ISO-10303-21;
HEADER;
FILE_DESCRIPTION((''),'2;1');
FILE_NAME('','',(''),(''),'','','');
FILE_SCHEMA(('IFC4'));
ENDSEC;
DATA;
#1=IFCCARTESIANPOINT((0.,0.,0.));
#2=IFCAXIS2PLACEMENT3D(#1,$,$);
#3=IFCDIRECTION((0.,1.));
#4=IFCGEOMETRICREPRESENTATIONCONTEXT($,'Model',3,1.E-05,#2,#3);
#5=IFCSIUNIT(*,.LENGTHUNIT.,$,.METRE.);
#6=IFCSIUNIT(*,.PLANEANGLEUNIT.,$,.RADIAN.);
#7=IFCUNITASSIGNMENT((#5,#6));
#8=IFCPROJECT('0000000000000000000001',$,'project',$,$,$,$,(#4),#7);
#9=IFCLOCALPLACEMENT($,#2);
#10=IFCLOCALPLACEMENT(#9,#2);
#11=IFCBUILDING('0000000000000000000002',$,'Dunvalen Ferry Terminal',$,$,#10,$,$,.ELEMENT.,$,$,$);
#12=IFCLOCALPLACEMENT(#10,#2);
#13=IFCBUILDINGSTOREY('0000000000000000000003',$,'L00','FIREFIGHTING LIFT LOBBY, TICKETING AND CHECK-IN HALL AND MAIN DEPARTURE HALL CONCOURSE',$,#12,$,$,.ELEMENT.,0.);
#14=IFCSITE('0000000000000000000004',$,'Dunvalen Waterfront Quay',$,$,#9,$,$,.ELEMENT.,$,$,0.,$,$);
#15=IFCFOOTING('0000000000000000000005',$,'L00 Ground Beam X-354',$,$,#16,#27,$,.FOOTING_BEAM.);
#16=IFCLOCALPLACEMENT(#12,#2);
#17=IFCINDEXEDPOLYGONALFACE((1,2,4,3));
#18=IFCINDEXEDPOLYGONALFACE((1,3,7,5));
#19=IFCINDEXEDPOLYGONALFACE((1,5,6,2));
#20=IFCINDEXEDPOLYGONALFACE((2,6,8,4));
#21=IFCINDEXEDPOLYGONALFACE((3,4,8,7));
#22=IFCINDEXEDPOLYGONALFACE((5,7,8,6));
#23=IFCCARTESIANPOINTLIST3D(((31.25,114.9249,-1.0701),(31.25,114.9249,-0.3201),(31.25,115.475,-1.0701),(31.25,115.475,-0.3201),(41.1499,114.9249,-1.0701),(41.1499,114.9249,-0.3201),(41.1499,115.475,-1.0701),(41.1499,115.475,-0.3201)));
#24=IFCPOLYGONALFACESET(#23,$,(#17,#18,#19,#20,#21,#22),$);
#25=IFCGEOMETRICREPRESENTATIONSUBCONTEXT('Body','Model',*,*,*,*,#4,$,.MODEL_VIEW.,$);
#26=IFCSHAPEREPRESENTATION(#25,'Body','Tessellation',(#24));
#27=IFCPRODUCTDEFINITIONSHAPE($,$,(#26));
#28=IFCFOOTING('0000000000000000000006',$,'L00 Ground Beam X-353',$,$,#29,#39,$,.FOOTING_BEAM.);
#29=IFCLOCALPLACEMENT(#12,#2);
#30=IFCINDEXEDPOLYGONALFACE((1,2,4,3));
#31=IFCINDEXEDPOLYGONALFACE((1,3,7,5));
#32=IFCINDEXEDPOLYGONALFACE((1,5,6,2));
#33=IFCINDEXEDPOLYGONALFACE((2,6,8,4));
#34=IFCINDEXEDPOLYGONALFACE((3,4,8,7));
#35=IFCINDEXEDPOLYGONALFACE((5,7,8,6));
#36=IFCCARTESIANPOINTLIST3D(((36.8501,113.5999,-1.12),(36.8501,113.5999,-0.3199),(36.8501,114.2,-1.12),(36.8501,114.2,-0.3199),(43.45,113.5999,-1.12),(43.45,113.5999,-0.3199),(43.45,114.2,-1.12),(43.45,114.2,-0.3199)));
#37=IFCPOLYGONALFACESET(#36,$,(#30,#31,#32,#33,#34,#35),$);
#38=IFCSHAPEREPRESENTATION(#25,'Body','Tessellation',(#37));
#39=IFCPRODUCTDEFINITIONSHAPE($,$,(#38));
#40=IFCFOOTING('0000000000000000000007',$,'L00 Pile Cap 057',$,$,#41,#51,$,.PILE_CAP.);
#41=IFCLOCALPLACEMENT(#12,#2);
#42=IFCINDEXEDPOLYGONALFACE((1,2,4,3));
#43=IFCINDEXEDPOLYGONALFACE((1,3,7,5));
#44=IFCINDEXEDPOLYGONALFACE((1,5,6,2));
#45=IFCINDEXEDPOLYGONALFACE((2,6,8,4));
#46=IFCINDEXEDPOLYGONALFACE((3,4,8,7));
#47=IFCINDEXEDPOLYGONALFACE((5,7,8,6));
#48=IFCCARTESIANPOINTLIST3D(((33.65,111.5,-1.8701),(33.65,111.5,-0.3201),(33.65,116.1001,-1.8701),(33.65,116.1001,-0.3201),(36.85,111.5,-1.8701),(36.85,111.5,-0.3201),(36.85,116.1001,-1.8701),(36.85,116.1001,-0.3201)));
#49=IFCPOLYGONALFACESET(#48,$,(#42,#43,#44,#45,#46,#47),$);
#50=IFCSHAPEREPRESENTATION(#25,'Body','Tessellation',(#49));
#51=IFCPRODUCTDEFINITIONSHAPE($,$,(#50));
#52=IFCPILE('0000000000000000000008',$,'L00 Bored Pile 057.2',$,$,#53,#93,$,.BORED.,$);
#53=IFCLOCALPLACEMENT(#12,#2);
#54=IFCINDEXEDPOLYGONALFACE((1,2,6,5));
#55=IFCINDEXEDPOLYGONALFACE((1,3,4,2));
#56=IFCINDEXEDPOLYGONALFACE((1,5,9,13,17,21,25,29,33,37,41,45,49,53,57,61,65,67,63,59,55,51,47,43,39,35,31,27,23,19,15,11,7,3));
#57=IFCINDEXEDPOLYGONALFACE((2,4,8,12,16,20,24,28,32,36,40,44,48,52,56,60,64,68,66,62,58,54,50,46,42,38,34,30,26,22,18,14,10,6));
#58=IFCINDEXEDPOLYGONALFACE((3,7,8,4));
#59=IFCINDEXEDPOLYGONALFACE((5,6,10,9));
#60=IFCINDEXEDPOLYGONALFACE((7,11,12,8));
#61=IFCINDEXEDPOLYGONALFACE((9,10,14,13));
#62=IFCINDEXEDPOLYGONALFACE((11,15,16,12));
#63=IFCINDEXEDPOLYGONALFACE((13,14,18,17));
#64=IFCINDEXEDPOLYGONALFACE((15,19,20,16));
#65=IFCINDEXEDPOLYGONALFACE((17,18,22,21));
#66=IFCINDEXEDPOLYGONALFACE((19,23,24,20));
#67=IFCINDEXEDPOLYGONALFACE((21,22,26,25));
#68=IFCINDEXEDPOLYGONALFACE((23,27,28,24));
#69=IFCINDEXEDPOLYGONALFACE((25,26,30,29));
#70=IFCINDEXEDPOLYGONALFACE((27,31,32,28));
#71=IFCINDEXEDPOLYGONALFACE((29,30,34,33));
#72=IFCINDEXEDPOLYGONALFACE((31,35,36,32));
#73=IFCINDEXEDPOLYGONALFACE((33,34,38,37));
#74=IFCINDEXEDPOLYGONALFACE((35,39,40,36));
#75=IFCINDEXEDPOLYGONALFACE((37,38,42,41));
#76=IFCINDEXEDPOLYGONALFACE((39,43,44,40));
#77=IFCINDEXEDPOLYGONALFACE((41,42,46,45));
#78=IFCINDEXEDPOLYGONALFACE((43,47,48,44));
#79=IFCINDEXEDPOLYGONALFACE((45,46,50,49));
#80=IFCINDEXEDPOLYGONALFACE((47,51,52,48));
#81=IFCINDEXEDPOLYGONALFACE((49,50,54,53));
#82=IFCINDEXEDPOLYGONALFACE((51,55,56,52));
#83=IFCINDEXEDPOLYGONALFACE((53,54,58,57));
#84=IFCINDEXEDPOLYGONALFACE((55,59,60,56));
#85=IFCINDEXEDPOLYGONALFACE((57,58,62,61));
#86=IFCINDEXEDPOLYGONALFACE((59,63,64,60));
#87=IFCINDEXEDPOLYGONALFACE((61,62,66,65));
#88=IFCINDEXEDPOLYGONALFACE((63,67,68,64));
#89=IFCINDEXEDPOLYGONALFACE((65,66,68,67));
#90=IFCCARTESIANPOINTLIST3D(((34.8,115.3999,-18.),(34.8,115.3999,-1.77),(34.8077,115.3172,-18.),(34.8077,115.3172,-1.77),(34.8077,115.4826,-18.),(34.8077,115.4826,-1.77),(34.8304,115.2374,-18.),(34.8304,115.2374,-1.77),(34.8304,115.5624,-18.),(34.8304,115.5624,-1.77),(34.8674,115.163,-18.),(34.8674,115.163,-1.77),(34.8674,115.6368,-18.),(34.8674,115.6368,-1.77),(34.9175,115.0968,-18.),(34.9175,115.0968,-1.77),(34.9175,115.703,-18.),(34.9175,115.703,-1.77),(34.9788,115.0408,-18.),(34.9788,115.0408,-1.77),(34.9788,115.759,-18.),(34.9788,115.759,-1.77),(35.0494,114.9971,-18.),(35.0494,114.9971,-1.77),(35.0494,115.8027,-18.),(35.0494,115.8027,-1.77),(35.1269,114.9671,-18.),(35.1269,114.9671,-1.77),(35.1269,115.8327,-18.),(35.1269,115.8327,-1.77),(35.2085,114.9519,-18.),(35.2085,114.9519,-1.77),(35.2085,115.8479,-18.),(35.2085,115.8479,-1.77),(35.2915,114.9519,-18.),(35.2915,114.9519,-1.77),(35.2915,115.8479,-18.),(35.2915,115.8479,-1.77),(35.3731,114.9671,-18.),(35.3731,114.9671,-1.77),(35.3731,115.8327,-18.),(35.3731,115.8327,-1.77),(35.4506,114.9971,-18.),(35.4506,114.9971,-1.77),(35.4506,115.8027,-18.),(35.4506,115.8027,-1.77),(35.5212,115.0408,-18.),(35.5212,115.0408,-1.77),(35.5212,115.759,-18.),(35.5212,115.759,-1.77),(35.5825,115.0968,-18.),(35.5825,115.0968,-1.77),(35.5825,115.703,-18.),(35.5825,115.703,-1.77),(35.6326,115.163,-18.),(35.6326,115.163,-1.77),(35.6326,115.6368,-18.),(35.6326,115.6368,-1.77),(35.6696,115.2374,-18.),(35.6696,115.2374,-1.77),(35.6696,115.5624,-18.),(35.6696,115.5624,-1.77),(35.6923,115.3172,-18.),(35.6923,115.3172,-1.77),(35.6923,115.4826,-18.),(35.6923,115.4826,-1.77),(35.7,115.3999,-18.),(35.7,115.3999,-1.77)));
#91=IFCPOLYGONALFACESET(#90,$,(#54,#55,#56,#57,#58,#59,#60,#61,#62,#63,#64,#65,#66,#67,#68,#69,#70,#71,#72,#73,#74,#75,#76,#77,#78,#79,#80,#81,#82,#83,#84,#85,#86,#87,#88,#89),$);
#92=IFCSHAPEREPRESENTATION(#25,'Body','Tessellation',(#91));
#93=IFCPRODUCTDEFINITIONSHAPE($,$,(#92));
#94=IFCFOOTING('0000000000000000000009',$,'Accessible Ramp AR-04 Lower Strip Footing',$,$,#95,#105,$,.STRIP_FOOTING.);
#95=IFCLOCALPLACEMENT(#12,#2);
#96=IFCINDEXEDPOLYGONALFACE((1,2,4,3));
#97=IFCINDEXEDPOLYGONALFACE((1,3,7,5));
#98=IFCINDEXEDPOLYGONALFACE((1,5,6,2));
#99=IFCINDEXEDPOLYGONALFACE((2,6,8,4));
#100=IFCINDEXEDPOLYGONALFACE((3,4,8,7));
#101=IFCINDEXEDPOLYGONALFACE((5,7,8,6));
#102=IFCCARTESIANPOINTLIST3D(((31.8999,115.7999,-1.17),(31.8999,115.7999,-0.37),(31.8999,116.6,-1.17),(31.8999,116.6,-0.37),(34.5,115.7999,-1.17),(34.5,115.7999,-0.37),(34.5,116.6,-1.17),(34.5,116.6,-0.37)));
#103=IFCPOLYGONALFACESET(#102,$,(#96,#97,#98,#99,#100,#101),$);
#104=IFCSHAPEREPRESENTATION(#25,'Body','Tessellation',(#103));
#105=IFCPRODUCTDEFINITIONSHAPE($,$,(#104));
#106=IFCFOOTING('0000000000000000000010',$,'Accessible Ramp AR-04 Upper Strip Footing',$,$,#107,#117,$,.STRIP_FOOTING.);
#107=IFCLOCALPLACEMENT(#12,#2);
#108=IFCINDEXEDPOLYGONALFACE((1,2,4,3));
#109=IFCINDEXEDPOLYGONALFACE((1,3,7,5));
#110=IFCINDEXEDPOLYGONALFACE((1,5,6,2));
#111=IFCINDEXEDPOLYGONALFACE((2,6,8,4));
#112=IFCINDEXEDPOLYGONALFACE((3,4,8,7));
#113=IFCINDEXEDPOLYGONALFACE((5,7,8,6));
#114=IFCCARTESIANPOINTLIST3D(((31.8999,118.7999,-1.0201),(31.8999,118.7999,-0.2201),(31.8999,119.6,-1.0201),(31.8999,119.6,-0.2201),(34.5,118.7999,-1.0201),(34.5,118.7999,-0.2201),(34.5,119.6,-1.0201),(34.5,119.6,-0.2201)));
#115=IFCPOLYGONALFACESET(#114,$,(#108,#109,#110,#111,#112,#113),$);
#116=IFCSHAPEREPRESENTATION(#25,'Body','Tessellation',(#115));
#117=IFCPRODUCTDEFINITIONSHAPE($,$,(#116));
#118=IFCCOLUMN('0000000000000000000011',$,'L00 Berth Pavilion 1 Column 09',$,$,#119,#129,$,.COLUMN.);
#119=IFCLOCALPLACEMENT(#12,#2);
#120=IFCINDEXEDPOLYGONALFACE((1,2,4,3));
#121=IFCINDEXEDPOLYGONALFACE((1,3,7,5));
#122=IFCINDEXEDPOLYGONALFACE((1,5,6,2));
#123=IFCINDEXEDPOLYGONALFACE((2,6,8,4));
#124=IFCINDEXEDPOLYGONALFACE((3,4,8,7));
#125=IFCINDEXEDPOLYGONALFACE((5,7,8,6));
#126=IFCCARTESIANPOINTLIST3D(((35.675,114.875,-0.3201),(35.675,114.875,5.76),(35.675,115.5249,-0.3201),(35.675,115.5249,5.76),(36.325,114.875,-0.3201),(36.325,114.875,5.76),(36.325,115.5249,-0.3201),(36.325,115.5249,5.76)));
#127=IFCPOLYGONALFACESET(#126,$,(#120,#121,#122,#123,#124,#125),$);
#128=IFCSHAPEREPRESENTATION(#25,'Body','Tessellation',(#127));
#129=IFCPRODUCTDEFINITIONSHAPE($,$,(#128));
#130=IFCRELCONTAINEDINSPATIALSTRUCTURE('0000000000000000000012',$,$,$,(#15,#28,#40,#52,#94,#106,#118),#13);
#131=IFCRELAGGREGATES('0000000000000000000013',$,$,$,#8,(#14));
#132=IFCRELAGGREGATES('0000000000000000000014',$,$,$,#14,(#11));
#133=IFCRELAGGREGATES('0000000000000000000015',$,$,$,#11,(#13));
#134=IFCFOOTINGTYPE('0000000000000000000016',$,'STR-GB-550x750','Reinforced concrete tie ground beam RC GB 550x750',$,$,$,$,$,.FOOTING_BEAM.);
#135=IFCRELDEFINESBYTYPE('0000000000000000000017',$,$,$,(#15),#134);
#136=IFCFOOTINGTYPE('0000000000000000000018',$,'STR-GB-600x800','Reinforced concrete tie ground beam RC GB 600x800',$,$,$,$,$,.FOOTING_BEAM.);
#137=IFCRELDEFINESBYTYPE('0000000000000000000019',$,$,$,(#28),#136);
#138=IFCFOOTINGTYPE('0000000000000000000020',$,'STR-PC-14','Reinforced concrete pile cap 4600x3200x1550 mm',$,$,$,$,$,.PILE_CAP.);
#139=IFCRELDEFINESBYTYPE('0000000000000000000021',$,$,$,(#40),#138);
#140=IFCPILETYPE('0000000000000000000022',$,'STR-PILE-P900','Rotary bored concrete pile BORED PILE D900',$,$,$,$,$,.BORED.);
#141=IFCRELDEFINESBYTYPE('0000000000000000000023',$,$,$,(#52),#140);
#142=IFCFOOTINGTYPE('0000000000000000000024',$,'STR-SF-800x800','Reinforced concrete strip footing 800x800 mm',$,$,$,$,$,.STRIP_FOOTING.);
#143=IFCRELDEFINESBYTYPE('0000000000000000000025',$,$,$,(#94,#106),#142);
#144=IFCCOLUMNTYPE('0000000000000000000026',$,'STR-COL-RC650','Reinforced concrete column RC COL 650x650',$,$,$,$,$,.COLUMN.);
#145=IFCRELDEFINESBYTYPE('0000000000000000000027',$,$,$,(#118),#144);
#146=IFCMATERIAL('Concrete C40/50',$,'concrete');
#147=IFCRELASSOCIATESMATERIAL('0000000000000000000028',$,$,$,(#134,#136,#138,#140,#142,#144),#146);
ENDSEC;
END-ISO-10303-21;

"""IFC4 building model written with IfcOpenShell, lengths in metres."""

from ifc_helpers import new_model, si_unit, direction, frame, origin, origin_2d, place, context, subcontext, project, spatial, rectangle, circle, extrude, material, material_profile, profile_set, type_object, element, save


model = new_model("IFC4")

# Units and contexts
model_context = context("Model", 3, precision=1e-05, world=origin(), true_north=direction((0.0, 1.0)))
body_context = subcontext(model_context, "Body", "Model", "MODEL_VIEW")
ifc_project = project(units=[si_unit("LENGTHUNIT", "METRE"), si_unit("PLANEANGLEUNIT", "RADIAN")], contexts=[model_context])

# Site, building, storey
site_placement = place(None, origin())
site = spatial("IfcSite", under=ifc_project, at=site_placement, Name="Dunvalen Waterfront Quay", CompositionType="ELEMENT", RefElevation=0.0)
building_placement = place(site_placement, origin())
building = spatial("IfcBuilding", under=site, at=building_placement, Name="Dunvalen Ferry Terminal", CompositionType="ELEMENT")
storey_placement = place(building_placement, origin())
storey = spatial("IfcBuildingStorey", under=building, at=storey_placement, Name="L00", Description="FIREFIGHTING LIFT LOBBY, TICKETING AND CHECK-IN HALL AND MAIN DEPARTURE HALL CONCOURSE", CompositionType="ELEMENT", Elevation=0.0)

# Footings
ifc_material_1 = material(Name="Concrete C40/50", Category="concrete")
ifc_material_profile_1 = material_profile(ifc_material_1, rectangle(XDim=0.55, YDim=0.75, at=origin_2d()), Name="Concrete C40/50")
ifc_profile_set_1 = profile_set([ifc_material_profile_1], Name="Concrete C40/50")
footing_type_1 = type_object("IfcFootingType", Name="STR-GB-550x750", Description="Reinforced concrete tie ground beam RC GB 550x750", PredefinedType="FOOTING_BEAM", material=ifc_profile_set_1)
footing_1_placement = place(storey_placement, frame((31.25, 115.2, -0.6951), z_axis=(1.0, 0.0, 0.0), x_axis=(0.0, 1.0, 0.0)))
element("IfcFooting", 1, at=footing_1_placement, inside=storey, type_object=footing_type_1, Name="L00 Ground Beam X-354", PredefinedType="FOOTING_BEAM", context=body_context, shape_type="SweptSolid", body=[
    extrude(rectangle(XDim=0.55, YDim=0.75, at=origin_2d()), origin(), (0.0, 0.0, 1.0), 9.8999),
])
ifc_material_profile_2 = material_profile(ifc_material_1, rectangle(XDim=0.6001, YDim=0.8, at=origin_2d()), Name="Concrete C40/50")
ifc_profile_set_2 = profile_set([ifc_material_profile_2], Name="Concrete C40/50")
footing_type_2 = type_object("IfcFootingType", Name="STR-GB-600x800", Description="Reinforced concrete tie ground beam RC GB 600x800", PredefinedType="FOOTING_BEAM", material=ifc_profile_set_2)
footing_2_placement = place(storey_placement, frame((36.8501, 113.8999, -0.72), z_axis=(1.0, 0.0, 0.0), x_axis=(0.0, 1.0, 0.0)))
element("IfcFooting", 2, at=footing_2_placement, inside=storey, type_object=footing_type_2, Name="L00 Ground Beam X-353", PredefinedType="FOOTING_BEAM", context=body_context, shape_type="SweptSolid", body=[
    extrude(rectangle(XDim=0.6001, YDim=0.8, at=origin_2d()), origin(), (0.0, 0.0, 1.0), 6.5999),
])
footing_type_3 = type_object("IfcFootingType", Name="STR-PC-14", Description="Reinforced concrete pile cap 4600x3200x1550 mm", PredefinedType="PILE_CAP", material=ifc_material_1)
footing_3_placement = place(storey_placement, frame((35.25, 113.8, -1.8701), z_axis=(0.0, 0.0, 1.0), x_axis=(0.0, 1.0, 0.0)))
element("IfcFooting", 3, at=footing_3_placement, inside=storey, type_object=footing_type_3, Name="L00 Pile Cap 057", PredefinedType="PILE_CAP", context=body_context, shape_type="SweptSolid", body=[
    extrude(rectangle(XDim=4.6001, YDim=3.2, at=origin_2d()), origin(), (0.0, 0.0, 1.0), 1.55),
])

# Pile
ifc_material_profile_3 = material_profile(ifc_material_1, circle(Radius=0.45, at=origin_2d()), Name="Concrete C40/50")
ifc_profile_set_3 = profile_set([ifc_material_profile_3], Name="Concrete C40/50")
pile_type = type_object("IfcPileType", Name="STR-PILE-P900", Description="Rotary bored concrete pile BORED PILE D900", PredefinedType="BORED", material=ifc_profile_set_3)
pile_placement = place(storey_placement, frame((35.25, 115.3999, -1.77), z_axis=(0.0, 0.0, -1.0), x_axis=(1.0, 0.0, 0.0)))
element("IfcPile", 4, at=pile_placement, inside=storey, type_object=pile_type, Name="L00 Bored Pile 057.2", PredefinedType="BORED", context=body_context, shape_type="SweptSolid", body=[
    extrude(circle(Radius=0.45, at=origin_2d()), origin(), (0.0, 0.0, 1.0), 16.23),
])

# Footings
ifc_material_profile_4 = material_profile(ifc_material_1, rectangle(XDim=0.8, YDim=0.8, at=origin_2d()), Name="Concrete C40/50")
ifc_profile_set_4 = profile_set([ifc_material_profile_4], Name="Concrete C40/50")
footing_type_4 = type_object("IfcFootingType", Name="STR-SF-800x800", Description="Reinforced concrete strip footing 800x800 mm", PredefinedType="STRIP_FOOTING", material=ifc_profile_set_4)
for number, where, z_axis, x_axis, name in (
    (5, (31.8999, 116.2, -0.77), (1.0, 0.0, 0.0), (0.0, 1.0, 0.0), "Accessible Ramp AR-04 Lower Strip Footing"),
    (6, (31.8999, 119.2, -0.6201), (1.0, 0.0, 0.0), (0.0, 1.0, 0.0), "Accessible Ramp AR-04 Upper Strip Footing"),
):
    element("IfcFooting", number, at=place(storey_placement, frame(where, z_axis=z_axis, x_axis=x_axis)), inside=storey, type_object=footing_type_4, Name=name, PredefinedType="STRIP_FOOTING", context=body_context, shape_type="SweptSolid", body=[
        extrude(rectangle(XDim=0.8, YDim=0.8, at=origin_2d()), origin(), (0.0, 0.0, 1.0), 2.6001),
    ])

# Column
ifc_material_profile_5 = material_profile(ifc_material_1, rectangle(XDim=0.6499, YDim=0.6499, at=origin_2d()), Name="Concrete C40/50")
ifc_profile_set_5 = profile_set([ifc_material_profile_5], Name="Concrete C40/50")
column_type = type_object("IfcColumnType", Name="STR-COL-RC650", Description="Reinforced concrete column RC COL 650x650", PredefinedType="COLUMN", material=ifc_profile_set_5)
column_placement = place(storey_placement, frame((36.0, 115.2, -0.3201), z_axis=(0.0, 0.0, 1.0), x_axis=(1.0, 0.0, 0.0)))
element("IfcColumn", 7, at=column_placement, inside=storey, type_object=column_type, Name="L00 Berth Pavilion 1 Column 09", PredefinedType="COLUMN", context=body_context, shape_type="SweptSolid", body=[
    extrude(rectangle(XDim=0.6499, YDim=0.6499, at=origin_2d()), origin(), (0.0, 0.0, 1.0), 6.0801),
])

save(model, "model.ifc")
